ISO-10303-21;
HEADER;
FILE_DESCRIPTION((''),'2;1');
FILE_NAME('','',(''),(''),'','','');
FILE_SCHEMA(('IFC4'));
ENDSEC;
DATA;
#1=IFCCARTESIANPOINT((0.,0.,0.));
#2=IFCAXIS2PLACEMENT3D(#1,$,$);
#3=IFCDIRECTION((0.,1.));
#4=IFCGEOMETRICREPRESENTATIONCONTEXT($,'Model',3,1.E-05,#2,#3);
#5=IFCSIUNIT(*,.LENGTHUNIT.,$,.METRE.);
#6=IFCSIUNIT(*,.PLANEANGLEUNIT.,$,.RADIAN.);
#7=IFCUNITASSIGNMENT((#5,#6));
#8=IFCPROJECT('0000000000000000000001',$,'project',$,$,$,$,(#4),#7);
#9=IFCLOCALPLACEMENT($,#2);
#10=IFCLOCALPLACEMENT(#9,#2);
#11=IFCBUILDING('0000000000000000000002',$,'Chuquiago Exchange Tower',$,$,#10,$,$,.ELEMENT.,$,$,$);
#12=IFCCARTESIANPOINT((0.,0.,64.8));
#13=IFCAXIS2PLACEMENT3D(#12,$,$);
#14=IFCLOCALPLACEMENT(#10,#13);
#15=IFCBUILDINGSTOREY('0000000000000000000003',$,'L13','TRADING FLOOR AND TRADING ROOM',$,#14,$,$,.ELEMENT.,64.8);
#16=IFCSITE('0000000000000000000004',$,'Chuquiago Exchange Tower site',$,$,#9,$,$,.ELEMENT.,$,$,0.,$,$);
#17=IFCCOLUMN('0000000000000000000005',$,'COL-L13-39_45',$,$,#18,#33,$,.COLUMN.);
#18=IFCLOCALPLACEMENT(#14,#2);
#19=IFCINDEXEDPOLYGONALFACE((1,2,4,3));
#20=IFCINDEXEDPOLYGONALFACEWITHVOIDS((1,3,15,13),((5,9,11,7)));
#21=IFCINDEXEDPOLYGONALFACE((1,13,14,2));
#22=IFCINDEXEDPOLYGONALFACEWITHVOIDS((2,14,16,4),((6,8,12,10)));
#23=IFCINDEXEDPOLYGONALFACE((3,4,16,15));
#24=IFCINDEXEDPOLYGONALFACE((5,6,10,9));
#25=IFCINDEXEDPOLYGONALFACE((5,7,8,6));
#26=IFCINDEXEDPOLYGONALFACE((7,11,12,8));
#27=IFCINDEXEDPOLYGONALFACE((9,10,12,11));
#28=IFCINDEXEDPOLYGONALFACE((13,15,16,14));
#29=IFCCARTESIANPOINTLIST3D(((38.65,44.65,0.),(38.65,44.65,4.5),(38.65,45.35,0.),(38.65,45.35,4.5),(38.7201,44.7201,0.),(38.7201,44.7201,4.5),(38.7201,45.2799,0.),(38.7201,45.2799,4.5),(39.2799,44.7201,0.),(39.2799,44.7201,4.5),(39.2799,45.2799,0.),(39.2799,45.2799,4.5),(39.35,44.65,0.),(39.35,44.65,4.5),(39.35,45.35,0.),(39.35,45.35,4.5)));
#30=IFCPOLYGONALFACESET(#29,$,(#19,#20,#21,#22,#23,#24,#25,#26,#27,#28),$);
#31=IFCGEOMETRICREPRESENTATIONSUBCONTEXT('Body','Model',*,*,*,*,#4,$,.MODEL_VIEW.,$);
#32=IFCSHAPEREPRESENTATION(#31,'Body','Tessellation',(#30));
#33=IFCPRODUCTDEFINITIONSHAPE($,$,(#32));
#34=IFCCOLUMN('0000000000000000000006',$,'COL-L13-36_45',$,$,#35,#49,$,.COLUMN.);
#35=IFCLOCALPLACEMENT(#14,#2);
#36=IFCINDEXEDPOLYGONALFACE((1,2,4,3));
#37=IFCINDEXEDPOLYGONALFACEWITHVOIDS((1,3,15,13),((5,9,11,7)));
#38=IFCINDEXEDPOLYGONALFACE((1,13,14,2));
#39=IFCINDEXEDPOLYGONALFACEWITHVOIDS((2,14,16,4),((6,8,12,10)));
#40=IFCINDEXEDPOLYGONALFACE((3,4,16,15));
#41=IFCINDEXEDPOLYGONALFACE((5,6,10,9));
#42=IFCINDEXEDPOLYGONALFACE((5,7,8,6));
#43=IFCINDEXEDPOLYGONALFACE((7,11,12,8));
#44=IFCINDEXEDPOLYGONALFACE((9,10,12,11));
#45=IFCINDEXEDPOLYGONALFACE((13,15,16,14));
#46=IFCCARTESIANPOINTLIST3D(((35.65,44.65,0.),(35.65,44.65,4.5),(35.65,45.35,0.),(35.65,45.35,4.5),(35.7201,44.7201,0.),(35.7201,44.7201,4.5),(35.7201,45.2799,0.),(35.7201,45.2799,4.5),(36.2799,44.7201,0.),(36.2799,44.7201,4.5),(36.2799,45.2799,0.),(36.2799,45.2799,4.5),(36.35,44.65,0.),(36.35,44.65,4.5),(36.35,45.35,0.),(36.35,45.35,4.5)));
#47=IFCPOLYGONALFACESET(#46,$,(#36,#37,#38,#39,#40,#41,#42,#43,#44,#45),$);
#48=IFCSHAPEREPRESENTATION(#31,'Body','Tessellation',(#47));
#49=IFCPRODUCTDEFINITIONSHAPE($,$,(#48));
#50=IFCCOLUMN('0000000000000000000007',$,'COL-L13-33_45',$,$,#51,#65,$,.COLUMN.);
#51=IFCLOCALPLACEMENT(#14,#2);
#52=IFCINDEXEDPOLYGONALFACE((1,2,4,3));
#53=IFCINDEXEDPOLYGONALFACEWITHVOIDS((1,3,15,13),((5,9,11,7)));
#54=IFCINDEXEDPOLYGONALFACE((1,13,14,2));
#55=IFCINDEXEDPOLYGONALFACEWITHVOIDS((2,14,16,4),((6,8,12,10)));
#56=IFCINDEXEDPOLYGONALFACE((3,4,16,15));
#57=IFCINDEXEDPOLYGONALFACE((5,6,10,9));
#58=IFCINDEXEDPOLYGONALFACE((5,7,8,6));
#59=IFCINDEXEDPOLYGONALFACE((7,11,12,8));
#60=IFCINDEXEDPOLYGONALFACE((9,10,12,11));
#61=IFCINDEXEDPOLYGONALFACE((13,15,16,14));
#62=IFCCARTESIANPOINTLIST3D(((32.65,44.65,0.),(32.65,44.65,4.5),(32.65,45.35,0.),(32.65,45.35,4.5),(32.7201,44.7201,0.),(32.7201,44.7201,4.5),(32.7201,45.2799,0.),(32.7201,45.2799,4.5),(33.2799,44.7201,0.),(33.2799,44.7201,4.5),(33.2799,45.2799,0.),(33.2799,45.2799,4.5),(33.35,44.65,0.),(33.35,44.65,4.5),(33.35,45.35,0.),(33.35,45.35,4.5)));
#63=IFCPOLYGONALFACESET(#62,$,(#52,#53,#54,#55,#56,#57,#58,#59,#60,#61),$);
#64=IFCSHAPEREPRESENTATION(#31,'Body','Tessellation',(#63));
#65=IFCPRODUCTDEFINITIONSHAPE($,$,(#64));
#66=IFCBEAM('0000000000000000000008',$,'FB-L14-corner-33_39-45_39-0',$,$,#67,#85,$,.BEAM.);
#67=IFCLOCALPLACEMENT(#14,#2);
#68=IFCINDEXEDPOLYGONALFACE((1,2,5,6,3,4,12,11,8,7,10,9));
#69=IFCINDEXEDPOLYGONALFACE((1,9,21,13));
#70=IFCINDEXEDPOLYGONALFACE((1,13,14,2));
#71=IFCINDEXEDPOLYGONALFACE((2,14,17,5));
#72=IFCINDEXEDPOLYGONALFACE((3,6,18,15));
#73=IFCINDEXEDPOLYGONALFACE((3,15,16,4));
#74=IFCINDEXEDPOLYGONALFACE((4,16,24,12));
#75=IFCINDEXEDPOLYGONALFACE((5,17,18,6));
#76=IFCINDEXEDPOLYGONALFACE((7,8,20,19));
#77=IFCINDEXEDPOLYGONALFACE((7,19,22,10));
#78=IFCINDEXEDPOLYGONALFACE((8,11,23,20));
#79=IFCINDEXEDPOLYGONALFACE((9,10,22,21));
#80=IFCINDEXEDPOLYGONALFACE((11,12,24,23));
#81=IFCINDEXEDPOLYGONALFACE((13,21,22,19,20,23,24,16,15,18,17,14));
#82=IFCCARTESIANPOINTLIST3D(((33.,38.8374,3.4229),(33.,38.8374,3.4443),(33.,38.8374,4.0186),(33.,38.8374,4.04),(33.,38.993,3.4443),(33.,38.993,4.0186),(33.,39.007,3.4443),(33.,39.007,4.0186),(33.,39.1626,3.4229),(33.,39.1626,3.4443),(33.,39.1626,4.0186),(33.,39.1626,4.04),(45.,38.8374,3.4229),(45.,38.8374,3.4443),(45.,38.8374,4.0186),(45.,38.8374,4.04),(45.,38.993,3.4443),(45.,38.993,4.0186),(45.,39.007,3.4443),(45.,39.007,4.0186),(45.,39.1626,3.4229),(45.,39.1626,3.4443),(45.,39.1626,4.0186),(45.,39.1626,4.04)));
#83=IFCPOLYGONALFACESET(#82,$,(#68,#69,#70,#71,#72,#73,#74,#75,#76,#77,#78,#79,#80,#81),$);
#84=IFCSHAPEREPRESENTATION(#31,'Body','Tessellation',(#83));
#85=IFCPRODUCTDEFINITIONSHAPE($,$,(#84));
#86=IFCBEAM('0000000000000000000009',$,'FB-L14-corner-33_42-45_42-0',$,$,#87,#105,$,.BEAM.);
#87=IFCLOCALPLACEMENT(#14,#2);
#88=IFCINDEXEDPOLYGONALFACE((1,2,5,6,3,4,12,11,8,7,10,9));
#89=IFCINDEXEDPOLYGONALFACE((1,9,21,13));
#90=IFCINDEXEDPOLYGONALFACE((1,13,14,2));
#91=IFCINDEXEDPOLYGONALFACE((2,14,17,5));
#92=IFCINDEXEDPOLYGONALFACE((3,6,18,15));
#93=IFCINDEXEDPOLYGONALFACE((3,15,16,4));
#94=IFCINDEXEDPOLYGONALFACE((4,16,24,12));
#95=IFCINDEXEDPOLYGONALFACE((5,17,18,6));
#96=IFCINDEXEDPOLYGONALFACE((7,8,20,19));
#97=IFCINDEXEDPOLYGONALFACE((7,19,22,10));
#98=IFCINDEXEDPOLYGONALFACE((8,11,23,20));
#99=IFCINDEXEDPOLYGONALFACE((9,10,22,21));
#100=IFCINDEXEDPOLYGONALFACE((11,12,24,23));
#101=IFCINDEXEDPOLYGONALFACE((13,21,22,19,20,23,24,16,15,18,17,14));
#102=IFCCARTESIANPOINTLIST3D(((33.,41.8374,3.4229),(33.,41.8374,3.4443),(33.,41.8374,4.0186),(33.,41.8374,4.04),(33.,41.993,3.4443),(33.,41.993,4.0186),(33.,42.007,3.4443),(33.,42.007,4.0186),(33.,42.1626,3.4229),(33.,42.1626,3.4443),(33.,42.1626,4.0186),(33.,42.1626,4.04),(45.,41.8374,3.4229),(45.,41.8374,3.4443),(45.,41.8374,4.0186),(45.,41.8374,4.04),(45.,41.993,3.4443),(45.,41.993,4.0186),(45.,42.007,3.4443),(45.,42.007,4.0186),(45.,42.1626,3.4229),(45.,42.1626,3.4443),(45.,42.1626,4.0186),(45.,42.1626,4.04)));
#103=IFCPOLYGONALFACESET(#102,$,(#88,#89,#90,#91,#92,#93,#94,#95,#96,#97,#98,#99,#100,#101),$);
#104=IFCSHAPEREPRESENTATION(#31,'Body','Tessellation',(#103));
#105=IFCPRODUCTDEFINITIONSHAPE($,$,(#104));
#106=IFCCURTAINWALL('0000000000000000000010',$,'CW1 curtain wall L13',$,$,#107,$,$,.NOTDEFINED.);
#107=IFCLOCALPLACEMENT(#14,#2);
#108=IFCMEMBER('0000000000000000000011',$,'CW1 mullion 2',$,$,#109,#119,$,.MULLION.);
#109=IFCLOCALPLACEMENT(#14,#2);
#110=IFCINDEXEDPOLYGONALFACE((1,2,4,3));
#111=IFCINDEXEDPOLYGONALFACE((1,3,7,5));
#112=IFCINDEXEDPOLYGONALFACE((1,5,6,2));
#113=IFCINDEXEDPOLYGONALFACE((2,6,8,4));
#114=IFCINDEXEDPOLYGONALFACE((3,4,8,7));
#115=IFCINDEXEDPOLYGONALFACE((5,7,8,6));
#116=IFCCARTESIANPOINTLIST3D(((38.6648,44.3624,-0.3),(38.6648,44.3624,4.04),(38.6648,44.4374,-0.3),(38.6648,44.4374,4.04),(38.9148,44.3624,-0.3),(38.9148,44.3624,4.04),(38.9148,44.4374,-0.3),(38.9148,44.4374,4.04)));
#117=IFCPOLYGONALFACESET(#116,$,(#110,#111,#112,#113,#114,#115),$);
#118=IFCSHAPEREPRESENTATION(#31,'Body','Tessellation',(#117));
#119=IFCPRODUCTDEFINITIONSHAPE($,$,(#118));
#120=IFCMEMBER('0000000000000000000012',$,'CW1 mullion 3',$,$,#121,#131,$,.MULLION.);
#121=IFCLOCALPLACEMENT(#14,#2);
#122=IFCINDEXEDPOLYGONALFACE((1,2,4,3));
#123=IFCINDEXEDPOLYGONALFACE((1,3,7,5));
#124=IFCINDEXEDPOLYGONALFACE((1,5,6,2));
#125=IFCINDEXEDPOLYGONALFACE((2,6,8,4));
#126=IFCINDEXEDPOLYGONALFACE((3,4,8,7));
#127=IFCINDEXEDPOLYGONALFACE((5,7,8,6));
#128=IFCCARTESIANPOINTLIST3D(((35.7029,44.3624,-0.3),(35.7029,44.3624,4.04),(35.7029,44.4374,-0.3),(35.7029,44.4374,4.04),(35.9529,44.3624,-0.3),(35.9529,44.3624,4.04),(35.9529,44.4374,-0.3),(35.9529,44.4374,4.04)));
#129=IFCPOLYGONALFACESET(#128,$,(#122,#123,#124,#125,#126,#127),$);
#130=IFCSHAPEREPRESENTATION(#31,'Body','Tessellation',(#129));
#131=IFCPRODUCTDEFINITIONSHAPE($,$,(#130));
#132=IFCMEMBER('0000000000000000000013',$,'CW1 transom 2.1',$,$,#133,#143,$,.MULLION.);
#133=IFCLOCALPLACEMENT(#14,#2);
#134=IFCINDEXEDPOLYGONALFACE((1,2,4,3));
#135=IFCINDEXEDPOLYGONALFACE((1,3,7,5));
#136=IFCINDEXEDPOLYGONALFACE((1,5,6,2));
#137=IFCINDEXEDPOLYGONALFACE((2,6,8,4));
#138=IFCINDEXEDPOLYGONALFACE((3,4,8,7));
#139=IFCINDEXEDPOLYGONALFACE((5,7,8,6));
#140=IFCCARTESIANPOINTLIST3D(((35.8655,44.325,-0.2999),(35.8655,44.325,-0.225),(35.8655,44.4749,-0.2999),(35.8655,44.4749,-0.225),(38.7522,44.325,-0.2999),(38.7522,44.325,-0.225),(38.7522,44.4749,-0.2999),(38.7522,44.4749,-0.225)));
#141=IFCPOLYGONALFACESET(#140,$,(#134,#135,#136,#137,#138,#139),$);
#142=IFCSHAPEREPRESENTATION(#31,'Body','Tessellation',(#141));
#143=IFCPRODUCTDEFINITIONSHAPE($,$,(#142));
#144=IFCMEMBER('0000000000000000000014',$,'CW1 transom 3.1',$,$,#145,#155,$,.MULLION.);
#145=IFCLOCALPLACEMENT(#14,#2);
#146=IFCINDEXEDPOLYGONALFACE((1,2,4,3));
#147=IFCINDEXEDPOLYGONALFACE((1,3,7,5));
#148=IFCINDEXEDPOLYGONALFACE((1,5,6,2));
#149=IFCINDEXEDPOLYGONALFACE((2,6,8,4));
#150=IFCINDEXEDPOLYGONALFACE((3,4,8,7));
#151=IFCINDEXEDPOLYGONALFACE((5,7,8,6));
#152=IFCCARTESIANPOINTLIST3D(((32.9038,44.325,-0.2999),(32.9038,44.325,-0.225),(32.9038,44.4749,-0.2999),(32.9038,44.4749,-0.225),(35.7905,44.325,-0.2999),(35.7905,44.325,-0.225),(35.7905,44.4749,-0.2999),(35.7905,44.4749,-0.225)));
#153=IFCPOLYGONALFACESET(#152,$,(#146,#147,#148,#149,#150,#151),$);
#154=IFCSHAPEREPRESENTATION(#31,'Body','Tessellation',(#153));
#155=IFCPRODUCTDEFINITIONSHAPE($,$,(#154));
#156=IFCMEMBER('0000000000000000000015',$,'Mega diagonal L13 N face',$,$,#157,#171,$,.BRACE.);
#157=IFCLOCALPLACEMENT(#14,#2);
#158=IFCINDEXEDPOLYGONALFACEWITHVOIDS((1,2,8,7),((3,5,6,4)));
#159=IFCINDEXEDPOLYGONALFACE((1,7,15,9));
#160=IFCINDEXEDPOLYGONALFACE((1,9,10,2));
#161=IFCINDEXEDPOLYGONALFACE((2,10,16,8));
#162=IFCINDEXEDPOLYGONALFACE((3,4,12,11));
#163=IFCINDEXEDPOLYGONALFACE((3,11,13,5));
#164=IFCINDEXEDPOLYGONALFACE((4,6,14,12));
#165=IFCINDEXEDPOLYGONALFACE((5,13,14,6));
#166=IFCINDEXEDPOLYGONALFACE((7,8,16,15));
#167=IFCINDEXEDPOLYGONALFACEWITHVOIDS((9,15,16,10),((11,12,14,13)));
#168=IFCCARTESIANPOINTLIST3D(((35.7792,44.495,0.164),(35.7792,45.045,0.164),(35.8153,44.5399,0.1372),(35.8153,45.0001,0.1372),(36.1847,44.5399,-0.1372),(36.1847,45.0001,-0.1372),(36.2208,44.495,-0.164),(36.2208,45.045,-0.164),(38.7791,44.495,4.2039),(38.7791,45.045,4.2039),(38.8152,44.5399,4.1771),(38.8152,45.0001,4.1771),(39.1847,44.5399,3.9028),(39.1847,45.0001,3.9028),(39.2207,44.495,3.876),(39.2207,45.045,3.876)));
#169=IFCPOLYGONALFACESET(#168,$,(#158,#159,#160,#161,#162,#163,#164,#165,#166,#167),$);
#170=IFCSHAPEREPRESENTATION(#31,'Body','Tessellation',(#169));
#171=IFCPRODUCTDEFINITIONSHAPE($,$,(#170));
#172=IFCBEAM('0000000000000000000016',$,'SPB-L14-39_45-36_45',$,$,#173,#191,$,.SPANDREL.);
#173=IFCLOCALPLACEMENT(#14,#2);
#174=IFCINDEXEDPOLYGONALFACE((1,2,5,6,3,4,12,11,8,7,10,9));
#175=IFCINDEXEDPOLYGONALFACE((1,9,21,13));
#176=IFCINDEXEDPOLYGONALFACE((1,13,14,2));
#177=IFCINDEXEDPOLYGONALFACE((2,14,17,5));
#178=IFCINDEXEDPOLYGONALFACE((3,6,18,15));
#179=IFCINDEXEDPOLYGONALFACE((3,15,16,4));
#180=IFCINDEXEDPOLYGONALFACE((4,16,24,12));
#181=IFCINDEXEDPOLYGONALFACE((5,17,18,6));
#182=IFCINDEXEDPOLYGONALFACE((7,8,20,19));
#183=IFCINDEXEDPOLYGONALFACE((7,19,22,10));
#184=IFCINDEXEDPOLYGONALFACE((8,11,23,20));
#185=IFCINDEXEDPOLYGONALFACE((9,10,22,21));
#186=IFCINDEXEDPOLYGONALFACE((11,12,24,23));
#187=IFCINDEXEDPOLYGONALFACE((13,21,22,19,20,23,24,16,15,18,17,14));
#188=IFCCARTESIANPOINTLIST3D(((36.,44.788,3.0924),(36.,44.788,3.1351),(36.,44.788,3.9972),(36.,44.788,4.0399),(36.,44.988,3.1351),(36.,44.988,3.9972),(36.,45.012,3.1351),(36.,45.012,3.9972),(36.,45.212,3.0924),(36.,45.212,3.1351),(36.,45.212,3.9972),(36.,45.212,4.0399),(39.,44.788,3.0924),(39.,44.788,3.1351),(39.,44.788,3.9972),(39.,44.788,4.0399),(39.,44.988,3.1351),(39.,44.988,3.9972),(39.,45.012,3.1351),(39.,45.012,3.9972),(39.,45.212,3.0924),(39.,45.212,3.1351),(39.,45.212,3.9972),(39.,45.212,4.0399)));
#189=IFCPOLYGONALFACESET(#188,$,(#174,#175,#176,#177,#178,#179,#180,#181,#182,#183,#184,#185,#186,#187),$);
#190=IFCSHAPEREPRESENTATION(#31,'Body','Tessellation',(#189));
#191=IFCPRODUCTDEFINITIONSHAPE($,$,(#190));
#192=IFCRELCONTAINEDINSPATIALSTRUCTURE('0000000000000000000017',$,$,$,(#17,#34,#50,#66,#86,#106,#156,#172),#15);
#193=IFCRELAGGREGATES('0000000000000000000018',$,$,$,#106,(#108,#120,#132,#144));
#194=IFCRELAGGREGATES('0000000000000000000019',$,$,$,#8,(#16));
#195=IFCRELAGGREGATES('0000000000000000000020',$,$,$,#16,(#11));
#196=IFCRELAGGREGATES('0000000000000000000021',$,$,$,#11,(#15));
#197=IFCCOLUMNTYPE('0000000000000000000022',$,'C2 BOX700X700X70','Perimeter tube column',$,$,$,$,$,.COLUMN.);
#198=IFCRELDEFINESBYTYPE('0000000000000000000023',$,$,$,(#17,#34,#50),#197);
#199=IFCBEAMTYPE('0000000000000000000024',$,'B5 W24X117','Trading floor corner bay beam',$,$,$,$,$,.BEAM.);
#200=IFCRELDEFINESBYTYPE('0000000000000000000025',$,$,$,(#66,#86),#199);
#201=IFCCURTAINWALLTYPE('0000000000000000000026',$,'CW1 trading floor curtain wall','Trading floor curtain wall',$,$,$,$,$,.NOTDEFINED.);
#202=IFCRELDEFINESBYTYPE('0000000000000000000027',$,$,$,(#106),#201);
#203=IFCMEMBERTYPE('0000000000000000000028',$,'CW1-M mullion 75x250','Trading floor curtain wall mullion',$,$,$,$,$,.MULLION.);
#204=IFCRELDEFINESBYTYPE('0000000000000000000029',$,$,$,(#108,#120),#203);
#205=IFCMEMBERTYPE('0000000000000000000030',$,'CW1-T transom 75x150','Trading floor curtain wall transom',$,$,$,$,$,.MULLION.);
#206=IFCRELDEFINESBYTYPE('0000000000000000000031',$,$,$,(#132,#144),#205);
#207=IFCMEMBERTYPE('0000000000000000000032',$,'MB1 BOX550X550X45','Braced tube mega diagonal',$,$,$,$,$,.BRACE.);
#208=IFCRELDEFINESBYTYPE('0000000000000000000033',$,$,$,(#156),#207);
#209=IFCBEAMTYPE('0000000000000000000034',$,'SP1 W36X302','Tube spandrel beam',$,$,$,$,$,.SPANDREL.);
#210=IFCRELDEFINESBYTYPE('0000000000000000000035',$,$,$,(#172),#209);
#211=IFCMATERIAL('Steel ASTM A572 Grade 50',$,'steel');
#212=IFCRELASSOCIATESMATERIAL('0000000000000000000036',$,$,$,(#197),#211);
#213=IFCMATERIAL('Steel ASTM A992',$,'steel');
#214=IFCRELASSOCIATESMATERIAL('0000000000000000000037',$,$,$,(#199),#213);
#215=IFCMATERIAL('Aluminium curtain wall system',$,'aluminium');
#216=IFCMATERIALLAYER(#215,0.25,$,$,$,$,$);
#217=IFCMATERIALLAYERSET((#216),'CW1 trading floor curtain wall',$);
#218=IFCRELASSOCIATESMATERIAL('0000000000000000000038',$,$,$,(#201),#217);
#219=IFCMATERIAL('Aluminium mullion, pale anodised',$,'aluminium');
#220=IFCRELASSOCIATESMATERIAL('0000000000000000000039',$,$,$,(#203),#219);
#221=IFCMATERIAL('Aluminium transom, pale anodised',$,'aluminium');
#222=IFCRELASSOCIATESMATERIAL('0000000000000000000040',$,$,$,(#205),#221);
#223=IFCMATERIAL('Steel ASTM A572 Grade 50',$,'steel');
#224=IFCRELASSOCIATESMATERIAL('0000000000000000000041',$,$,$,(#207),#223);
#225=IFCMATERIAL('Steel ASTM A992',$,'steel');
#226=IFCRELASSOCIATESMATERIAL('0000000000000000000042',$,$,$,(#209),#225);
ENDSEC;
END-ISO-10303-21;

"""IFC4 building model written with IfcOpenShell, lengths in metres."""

from ifc_helpers import new_model, si_unit, direction, frame, origin, origin_2d, place, context, subcontext, project, spatial, rectangle, hollow_rectangle, i_section, extrude, material, layer, layer_set, material_profile, profile_set, type_object, element, aggregate, save


model = new_model("IFC4")

# Units and contexts
model_context = context("Model", 3, precision=1e-05, world=origin(), true_north=direction((0.0, 1.0)))
body_context = subcontext(model_context, "Body", "Model", "MODEL_VIEW")
ifc_project = project(units=[si_unit("LENGTHUNIT", "METRE"), si_unit("PLANEANGLEUNIT", "RADIAN")], contexts=[model_context])

# Site, building, storey
site_placement = place(None, origin())
site = spatial("IfcSite", under=ifc_project, at=site_placement, Name="Chuquiago Exchange Tower site", CompositionType="ELEMENT", RefElevation=0.0)
building_placement = place(site_placement, origin())
building = spatial("IfcBuilding", under=site, at=building_placement, Name="Chuquiago Exchange Tower", CompositionType="ELEMENT")
storey_placement = place(building_placement, frame((0.0, 0.0, 64.8)))
storey = spatial("IfcBuildingStorey", under=building, at=storey_placement, Name="L13", Description="TRADING FLOOR AND TRADING ROOM", CompositionType="ELEMENT", Elevation=64.8)

# Columns
ifc_material_1 = material(Name="Steel ASTM A572 Grade 50", Category="steel")
ifc_material_profile_1 = material_profile(ifc_material_1, hollow_rectangle(XDim=0.7, YDim=0.7, WallThickness=0.0701, at=origin_2d()), Name="BOX700X700X70")
ifc_profile_set_1 = profile_set([ifc_material_profile_1], Name="Steel ASTM A572 Grade 50")
column_type = type_object("IfcColumnType", Name="C2 BOX700X700X70", Description="Perimeter tube column", PredefinedType="COLUMN", material=ifc_profile_set_1)
for number, where, z_axis, x_axis, name in (
    (1, (39.0, 45.0, 0.0), (0.0, 0.0, 1.0), (0.0, 1.0, 0.0), "COL-L13-39_45"),
    (2, (36.0, 45.0, 0.0), (0.0, 0.0, 1.0), (0.0, 1.0, 0.0), "COL-L13-36_45"),
    (3, (33.0, 45.0, 0.0), (0.0, 0.0, 1.0), (0.0, 1.0, 0.0), "COL-L13-33_45"),
):
    element("IfcColumn", number, at=place(storey_placement, frame(where, z_axis=z_axis, x_axis=x_axis)), inside=storey, type_object=column_type, Name=name, PredefinedType="COLUMN", context=body_context, shape_type="SweptSolid", body=[
        extrude(hollow_rectangle(XDim=0.7, YDim=0.7, WallThickness=0.0701, at=origin_2d()), origin(), (0.0, 0.0, 1.0), 4.5),
    ])

# Beams
ifc_material_2 = material(Name="Steel ASTM A992", Category="steel")
ifc_material_profile_2 = material_profile(ifc_material_2, i_section(OverallWidth=0.3252, OverallDepth=0.6172, WebThickness=0.0139, FlangeThickness=0.0215, at=origin_2d()), Name="W24X117")
ifc_profile_set_2 = profile_set([ifc_material_profile_2], Name="Steel ASTM A992")
beam_type_1 = type_object("IfcBeamType", Name="B5 W24X117", Description="Trading floor corner bay beam", PredefinedType="BEAM", material=ifc_profile_set_2)
for number, where, z_axis, x_axis, name in (
    (4, (33.0, 39.0, 3.7314), (1.0, 0.0, 0.0), (0.0, 1.0, 0.0), "FB-L14-corner-33_39-45_39-0"),
    (5, (33.0, 42.0, 3.7314), (1.0, 0.0, 0.0), (0.0, 1.0, 0.0), "FB-L14-corner-33_42-45_42-0"),
):
    element("IfcBeam", number, at=place(storey_placement, frame(where, z_axis=z_axis, x_axis=x_axis)), inside=storey, type_object=beam_type_1, Name=name, PredefinedType="BEAM", context=body_context, shape_type="SweptSolid", body=[
        extrude(i_section(OverallWidth=0.3252, OverallDepth=0.6172, WebThickness=0.0139, FlangeThickness=0.0215, at=origin_2d()), origin(), (0.0, 0.0, 1.0), 12.0),
    ])

# Curtain wall, members
ifc_material_3 = material(Name="Aluminium curtain wall system", Category="aluminium")
ifc_layer_1 = layer(ifc_material_3, 0.25)
ifc_layer_set_1 = layer_set([ifc_layer_1], Name="CW1 trading floor curtain wall")
curtain_wall_type = type_object("IfcCurtainWallType", Name="CW1 trading floor curtain wall", Description="Trading floor curtain wall", PredefinedType="NOTDEFINED", material=ifc_layer_set_1)
curtain_wall_placement = place(storey_placement, origin())
curtain_wall = element("IfcCurtainWall", 6, at=curtain_wall_placement, inside=storey, type_object=curtain_wall_type, Name="CW1 curtain wall L13", PredefinedType="NOTDEFINED")
ifc_material_4 = material(Name="Aluminium mullion, pale anodised", Category="aluminium")
ifc_material_profile_3 = material_profile(ifc_material_4, rectangle(XDim=0.075, YDim=0.25, at=origin_2d()), Name="AL 75x250")
ifc_profile_set_3 = profile_set([ifc_material_profile_3], Name="Aluminium mullion, pale anodised")
member_type_1 = type_object("IfcMemberType", Name="CW1-M mullion 75x250", Description="Trading floor curtain wall mullion", PredefinedType="MULLION", material=ifc_profile_set_3)
member_1_placement = place(storey_placement, frame((38.7898, 44.3999, -0.3), z_axis=(0.0, 0.0, 1.0), x_axis=(0.0, -1.0, 0.0)))
member_1 = element("IfcMember", 7, at=member_1_placement, type_object=member_type_1, Name="CW1 mullion 2", PredefinedType="MULLION", context=body_context, shape_type="SweptSolid", body=[
    extrude(rectangle(XDim=0.075, YDim=0.25, at=origin_2d()), origin(), (0.0, 0.0, 1.0), 4.3401),
])
member_2_placement = place(storey_placement, frame((35.8279, 44.3999, -0.3), z_axis=(0.0, 0.0, 1.0), x_axis=(0.0, -1.0, 0.0)))
member_2 = element("IfcMember", 8, at=member_2_placement, type_object=member_type_1, Name="CW1 mullion 3", PredefinedType="MULLION", context=body_context, shape_type="SweptSolid", body=[
    extrude(rectangle(XDim=0.075, YDim=0.25, at=origin_2d()), origin(), (0.0, 0.0, 1.0), 4.3401),
])
ifc_material_5 = material(Name="Aluminium transom, pale anodised", Category="aluminium")
ifc_material_profile_4 = material_profile(ifc_material_5, rectangle(XDim=0.1499, YDim=0.075, at=origin_2d()), Name="AL 150x75")
ifc_profile_set_4 = profile_set([ifc_material_profile_4], Name="Aluminium transom, pale anodised")
member_type_2 = type_object("IfcMemberType", Name="CW1-T transom 75x150", Description="Trading floor curtain wall transom", PredefinedType="MULLION", material=ifc_profile_set_4)
member_3_placement = place(storey_placement, frame((38.7522, 44.3999, -0.2625), z_axis=(-1.0, 0.0, 0.0), x_axis=(0.0, -1.0, 0.0)))
member_3 = element("IfcMember", 9, at=member_3_placement, type_object=member_type_2, Name="CW1 transom 2.1", PredefinedType="MULLION", context=body_context, shape_type="SweptSolid", body=[
    extrude(rectangle(XDim=0.1499, YDim=0.075, at=origin_2d()), origin(), (0.0, 0.0, 1.0), 2.8867),
])
member_4_placement = place(storey_placement, frame((35.7905, 44.3999, -0.2625), z_axis=(-1.0, 0.0, 0.0), x_axis=(0.0, -1.0, 0.0)))
member_4 = element("IfcMember", 10, at=member_4_placement, type_object=member_type_2, Name="CW1 transom 3.1", PredefinedType="MULLION", context=body_context, shape_type="SweptSolid", body=[
    extrude(rectangle(XDim=0.1499, YDim=0.075, at=origin_2d()), origin(), (0.0, 0.0, 1.0), 2.8867),
])

# Member
ifc_material_6 = material(Name="Steel ASTM A572 Grade 50", Category="steel")
ifc_material_profile_5 = material_profile(ifc_material_6, hollow_rectangle(XDim=0.55, YDim=0.55, WallThickness=0.0449, at=origin_2d()), Name="BOX550X550X45")
ifc_profile_set_5 = profile_set([ifc_material_profile_5], Name="Steel ASTM A572 Grade 50")
member_type_3 = type_object("IfcMemberType", Name="MB1 BOX550X550X45", Description="Braced tube mega diagonal", PredefinedType="BRACE", material=ifc_profile_set_5)
member_5_placement = place(storey_placement, frame((36.0, 44.77, 0.0), z_axis=(0.596174, 0.0, 0.802855), x_axis=(0.0, 1.0, 0.0)))
element("IfcMember", 11, at=member_5_placement, inside=storey, type_object=member_type_3, Name="Mega diagonal L13 N face", PredefinedType="BRACE", context=body_context, shape_type="SweptSolid", body=[
    extrude(hollow_rectangle(XDim=0.55, YDim=0.55, WallThickness=0.0449, at=origin_2d()), origin(), (0.0, 0.0, 1.0), 5.032),
])

# Beam
ifc_material_7 = material(Name="Steel ASTM A992", Category="steel")
ifc_material_profile_6 = material_profile(ifc_material_7, i_section(OverallWidth=0.4241, OverallDepth=0.9475, WebThickness=0.0239, FlangeThickness=0.0427, at=origin_2d()), Name="W36X302")
ifc_profile_set_6 = profile_set([ifc_material_profile_6], Name="Steel ASTM A992")
beam_type_2 = type_object("IfcBeamType", Name="SP1 W36X302", Description="Tube spandrel beam", PredefinedType="SPANDREL", material=ifc_profile_set_6)
for number, where, z_axis, x_axis, name in (
    (12, (39.0, 45.0, 3.5662), (-1.0, 0.0, 0.0), (0.0, -1.0, 0.0), "SPB-L14-39_45-36_45"),
):
    element("IfcBeam", number, at=place(storey_placement, frame(where, z_axis=z_axis, x_axis=x_axis)), inside=storey, type_object=beam_type_2, Name=name, PredefinedType="SPANDREL", context=body_context, shape_type="SweptSolid", body=[
        extrude(i_section(OverallWidth=0.4241, OverallDepth=0.9475, WebThickness=0.0239, FlangeThickness=0.0427, at=origin_2d()), origin(), (0.0, 0.0, 1.0), 3.0),
    ])

aggregate(curtain_wall, [member_1, member_2, member_3, member_4])

save(model, "model.ifc")
